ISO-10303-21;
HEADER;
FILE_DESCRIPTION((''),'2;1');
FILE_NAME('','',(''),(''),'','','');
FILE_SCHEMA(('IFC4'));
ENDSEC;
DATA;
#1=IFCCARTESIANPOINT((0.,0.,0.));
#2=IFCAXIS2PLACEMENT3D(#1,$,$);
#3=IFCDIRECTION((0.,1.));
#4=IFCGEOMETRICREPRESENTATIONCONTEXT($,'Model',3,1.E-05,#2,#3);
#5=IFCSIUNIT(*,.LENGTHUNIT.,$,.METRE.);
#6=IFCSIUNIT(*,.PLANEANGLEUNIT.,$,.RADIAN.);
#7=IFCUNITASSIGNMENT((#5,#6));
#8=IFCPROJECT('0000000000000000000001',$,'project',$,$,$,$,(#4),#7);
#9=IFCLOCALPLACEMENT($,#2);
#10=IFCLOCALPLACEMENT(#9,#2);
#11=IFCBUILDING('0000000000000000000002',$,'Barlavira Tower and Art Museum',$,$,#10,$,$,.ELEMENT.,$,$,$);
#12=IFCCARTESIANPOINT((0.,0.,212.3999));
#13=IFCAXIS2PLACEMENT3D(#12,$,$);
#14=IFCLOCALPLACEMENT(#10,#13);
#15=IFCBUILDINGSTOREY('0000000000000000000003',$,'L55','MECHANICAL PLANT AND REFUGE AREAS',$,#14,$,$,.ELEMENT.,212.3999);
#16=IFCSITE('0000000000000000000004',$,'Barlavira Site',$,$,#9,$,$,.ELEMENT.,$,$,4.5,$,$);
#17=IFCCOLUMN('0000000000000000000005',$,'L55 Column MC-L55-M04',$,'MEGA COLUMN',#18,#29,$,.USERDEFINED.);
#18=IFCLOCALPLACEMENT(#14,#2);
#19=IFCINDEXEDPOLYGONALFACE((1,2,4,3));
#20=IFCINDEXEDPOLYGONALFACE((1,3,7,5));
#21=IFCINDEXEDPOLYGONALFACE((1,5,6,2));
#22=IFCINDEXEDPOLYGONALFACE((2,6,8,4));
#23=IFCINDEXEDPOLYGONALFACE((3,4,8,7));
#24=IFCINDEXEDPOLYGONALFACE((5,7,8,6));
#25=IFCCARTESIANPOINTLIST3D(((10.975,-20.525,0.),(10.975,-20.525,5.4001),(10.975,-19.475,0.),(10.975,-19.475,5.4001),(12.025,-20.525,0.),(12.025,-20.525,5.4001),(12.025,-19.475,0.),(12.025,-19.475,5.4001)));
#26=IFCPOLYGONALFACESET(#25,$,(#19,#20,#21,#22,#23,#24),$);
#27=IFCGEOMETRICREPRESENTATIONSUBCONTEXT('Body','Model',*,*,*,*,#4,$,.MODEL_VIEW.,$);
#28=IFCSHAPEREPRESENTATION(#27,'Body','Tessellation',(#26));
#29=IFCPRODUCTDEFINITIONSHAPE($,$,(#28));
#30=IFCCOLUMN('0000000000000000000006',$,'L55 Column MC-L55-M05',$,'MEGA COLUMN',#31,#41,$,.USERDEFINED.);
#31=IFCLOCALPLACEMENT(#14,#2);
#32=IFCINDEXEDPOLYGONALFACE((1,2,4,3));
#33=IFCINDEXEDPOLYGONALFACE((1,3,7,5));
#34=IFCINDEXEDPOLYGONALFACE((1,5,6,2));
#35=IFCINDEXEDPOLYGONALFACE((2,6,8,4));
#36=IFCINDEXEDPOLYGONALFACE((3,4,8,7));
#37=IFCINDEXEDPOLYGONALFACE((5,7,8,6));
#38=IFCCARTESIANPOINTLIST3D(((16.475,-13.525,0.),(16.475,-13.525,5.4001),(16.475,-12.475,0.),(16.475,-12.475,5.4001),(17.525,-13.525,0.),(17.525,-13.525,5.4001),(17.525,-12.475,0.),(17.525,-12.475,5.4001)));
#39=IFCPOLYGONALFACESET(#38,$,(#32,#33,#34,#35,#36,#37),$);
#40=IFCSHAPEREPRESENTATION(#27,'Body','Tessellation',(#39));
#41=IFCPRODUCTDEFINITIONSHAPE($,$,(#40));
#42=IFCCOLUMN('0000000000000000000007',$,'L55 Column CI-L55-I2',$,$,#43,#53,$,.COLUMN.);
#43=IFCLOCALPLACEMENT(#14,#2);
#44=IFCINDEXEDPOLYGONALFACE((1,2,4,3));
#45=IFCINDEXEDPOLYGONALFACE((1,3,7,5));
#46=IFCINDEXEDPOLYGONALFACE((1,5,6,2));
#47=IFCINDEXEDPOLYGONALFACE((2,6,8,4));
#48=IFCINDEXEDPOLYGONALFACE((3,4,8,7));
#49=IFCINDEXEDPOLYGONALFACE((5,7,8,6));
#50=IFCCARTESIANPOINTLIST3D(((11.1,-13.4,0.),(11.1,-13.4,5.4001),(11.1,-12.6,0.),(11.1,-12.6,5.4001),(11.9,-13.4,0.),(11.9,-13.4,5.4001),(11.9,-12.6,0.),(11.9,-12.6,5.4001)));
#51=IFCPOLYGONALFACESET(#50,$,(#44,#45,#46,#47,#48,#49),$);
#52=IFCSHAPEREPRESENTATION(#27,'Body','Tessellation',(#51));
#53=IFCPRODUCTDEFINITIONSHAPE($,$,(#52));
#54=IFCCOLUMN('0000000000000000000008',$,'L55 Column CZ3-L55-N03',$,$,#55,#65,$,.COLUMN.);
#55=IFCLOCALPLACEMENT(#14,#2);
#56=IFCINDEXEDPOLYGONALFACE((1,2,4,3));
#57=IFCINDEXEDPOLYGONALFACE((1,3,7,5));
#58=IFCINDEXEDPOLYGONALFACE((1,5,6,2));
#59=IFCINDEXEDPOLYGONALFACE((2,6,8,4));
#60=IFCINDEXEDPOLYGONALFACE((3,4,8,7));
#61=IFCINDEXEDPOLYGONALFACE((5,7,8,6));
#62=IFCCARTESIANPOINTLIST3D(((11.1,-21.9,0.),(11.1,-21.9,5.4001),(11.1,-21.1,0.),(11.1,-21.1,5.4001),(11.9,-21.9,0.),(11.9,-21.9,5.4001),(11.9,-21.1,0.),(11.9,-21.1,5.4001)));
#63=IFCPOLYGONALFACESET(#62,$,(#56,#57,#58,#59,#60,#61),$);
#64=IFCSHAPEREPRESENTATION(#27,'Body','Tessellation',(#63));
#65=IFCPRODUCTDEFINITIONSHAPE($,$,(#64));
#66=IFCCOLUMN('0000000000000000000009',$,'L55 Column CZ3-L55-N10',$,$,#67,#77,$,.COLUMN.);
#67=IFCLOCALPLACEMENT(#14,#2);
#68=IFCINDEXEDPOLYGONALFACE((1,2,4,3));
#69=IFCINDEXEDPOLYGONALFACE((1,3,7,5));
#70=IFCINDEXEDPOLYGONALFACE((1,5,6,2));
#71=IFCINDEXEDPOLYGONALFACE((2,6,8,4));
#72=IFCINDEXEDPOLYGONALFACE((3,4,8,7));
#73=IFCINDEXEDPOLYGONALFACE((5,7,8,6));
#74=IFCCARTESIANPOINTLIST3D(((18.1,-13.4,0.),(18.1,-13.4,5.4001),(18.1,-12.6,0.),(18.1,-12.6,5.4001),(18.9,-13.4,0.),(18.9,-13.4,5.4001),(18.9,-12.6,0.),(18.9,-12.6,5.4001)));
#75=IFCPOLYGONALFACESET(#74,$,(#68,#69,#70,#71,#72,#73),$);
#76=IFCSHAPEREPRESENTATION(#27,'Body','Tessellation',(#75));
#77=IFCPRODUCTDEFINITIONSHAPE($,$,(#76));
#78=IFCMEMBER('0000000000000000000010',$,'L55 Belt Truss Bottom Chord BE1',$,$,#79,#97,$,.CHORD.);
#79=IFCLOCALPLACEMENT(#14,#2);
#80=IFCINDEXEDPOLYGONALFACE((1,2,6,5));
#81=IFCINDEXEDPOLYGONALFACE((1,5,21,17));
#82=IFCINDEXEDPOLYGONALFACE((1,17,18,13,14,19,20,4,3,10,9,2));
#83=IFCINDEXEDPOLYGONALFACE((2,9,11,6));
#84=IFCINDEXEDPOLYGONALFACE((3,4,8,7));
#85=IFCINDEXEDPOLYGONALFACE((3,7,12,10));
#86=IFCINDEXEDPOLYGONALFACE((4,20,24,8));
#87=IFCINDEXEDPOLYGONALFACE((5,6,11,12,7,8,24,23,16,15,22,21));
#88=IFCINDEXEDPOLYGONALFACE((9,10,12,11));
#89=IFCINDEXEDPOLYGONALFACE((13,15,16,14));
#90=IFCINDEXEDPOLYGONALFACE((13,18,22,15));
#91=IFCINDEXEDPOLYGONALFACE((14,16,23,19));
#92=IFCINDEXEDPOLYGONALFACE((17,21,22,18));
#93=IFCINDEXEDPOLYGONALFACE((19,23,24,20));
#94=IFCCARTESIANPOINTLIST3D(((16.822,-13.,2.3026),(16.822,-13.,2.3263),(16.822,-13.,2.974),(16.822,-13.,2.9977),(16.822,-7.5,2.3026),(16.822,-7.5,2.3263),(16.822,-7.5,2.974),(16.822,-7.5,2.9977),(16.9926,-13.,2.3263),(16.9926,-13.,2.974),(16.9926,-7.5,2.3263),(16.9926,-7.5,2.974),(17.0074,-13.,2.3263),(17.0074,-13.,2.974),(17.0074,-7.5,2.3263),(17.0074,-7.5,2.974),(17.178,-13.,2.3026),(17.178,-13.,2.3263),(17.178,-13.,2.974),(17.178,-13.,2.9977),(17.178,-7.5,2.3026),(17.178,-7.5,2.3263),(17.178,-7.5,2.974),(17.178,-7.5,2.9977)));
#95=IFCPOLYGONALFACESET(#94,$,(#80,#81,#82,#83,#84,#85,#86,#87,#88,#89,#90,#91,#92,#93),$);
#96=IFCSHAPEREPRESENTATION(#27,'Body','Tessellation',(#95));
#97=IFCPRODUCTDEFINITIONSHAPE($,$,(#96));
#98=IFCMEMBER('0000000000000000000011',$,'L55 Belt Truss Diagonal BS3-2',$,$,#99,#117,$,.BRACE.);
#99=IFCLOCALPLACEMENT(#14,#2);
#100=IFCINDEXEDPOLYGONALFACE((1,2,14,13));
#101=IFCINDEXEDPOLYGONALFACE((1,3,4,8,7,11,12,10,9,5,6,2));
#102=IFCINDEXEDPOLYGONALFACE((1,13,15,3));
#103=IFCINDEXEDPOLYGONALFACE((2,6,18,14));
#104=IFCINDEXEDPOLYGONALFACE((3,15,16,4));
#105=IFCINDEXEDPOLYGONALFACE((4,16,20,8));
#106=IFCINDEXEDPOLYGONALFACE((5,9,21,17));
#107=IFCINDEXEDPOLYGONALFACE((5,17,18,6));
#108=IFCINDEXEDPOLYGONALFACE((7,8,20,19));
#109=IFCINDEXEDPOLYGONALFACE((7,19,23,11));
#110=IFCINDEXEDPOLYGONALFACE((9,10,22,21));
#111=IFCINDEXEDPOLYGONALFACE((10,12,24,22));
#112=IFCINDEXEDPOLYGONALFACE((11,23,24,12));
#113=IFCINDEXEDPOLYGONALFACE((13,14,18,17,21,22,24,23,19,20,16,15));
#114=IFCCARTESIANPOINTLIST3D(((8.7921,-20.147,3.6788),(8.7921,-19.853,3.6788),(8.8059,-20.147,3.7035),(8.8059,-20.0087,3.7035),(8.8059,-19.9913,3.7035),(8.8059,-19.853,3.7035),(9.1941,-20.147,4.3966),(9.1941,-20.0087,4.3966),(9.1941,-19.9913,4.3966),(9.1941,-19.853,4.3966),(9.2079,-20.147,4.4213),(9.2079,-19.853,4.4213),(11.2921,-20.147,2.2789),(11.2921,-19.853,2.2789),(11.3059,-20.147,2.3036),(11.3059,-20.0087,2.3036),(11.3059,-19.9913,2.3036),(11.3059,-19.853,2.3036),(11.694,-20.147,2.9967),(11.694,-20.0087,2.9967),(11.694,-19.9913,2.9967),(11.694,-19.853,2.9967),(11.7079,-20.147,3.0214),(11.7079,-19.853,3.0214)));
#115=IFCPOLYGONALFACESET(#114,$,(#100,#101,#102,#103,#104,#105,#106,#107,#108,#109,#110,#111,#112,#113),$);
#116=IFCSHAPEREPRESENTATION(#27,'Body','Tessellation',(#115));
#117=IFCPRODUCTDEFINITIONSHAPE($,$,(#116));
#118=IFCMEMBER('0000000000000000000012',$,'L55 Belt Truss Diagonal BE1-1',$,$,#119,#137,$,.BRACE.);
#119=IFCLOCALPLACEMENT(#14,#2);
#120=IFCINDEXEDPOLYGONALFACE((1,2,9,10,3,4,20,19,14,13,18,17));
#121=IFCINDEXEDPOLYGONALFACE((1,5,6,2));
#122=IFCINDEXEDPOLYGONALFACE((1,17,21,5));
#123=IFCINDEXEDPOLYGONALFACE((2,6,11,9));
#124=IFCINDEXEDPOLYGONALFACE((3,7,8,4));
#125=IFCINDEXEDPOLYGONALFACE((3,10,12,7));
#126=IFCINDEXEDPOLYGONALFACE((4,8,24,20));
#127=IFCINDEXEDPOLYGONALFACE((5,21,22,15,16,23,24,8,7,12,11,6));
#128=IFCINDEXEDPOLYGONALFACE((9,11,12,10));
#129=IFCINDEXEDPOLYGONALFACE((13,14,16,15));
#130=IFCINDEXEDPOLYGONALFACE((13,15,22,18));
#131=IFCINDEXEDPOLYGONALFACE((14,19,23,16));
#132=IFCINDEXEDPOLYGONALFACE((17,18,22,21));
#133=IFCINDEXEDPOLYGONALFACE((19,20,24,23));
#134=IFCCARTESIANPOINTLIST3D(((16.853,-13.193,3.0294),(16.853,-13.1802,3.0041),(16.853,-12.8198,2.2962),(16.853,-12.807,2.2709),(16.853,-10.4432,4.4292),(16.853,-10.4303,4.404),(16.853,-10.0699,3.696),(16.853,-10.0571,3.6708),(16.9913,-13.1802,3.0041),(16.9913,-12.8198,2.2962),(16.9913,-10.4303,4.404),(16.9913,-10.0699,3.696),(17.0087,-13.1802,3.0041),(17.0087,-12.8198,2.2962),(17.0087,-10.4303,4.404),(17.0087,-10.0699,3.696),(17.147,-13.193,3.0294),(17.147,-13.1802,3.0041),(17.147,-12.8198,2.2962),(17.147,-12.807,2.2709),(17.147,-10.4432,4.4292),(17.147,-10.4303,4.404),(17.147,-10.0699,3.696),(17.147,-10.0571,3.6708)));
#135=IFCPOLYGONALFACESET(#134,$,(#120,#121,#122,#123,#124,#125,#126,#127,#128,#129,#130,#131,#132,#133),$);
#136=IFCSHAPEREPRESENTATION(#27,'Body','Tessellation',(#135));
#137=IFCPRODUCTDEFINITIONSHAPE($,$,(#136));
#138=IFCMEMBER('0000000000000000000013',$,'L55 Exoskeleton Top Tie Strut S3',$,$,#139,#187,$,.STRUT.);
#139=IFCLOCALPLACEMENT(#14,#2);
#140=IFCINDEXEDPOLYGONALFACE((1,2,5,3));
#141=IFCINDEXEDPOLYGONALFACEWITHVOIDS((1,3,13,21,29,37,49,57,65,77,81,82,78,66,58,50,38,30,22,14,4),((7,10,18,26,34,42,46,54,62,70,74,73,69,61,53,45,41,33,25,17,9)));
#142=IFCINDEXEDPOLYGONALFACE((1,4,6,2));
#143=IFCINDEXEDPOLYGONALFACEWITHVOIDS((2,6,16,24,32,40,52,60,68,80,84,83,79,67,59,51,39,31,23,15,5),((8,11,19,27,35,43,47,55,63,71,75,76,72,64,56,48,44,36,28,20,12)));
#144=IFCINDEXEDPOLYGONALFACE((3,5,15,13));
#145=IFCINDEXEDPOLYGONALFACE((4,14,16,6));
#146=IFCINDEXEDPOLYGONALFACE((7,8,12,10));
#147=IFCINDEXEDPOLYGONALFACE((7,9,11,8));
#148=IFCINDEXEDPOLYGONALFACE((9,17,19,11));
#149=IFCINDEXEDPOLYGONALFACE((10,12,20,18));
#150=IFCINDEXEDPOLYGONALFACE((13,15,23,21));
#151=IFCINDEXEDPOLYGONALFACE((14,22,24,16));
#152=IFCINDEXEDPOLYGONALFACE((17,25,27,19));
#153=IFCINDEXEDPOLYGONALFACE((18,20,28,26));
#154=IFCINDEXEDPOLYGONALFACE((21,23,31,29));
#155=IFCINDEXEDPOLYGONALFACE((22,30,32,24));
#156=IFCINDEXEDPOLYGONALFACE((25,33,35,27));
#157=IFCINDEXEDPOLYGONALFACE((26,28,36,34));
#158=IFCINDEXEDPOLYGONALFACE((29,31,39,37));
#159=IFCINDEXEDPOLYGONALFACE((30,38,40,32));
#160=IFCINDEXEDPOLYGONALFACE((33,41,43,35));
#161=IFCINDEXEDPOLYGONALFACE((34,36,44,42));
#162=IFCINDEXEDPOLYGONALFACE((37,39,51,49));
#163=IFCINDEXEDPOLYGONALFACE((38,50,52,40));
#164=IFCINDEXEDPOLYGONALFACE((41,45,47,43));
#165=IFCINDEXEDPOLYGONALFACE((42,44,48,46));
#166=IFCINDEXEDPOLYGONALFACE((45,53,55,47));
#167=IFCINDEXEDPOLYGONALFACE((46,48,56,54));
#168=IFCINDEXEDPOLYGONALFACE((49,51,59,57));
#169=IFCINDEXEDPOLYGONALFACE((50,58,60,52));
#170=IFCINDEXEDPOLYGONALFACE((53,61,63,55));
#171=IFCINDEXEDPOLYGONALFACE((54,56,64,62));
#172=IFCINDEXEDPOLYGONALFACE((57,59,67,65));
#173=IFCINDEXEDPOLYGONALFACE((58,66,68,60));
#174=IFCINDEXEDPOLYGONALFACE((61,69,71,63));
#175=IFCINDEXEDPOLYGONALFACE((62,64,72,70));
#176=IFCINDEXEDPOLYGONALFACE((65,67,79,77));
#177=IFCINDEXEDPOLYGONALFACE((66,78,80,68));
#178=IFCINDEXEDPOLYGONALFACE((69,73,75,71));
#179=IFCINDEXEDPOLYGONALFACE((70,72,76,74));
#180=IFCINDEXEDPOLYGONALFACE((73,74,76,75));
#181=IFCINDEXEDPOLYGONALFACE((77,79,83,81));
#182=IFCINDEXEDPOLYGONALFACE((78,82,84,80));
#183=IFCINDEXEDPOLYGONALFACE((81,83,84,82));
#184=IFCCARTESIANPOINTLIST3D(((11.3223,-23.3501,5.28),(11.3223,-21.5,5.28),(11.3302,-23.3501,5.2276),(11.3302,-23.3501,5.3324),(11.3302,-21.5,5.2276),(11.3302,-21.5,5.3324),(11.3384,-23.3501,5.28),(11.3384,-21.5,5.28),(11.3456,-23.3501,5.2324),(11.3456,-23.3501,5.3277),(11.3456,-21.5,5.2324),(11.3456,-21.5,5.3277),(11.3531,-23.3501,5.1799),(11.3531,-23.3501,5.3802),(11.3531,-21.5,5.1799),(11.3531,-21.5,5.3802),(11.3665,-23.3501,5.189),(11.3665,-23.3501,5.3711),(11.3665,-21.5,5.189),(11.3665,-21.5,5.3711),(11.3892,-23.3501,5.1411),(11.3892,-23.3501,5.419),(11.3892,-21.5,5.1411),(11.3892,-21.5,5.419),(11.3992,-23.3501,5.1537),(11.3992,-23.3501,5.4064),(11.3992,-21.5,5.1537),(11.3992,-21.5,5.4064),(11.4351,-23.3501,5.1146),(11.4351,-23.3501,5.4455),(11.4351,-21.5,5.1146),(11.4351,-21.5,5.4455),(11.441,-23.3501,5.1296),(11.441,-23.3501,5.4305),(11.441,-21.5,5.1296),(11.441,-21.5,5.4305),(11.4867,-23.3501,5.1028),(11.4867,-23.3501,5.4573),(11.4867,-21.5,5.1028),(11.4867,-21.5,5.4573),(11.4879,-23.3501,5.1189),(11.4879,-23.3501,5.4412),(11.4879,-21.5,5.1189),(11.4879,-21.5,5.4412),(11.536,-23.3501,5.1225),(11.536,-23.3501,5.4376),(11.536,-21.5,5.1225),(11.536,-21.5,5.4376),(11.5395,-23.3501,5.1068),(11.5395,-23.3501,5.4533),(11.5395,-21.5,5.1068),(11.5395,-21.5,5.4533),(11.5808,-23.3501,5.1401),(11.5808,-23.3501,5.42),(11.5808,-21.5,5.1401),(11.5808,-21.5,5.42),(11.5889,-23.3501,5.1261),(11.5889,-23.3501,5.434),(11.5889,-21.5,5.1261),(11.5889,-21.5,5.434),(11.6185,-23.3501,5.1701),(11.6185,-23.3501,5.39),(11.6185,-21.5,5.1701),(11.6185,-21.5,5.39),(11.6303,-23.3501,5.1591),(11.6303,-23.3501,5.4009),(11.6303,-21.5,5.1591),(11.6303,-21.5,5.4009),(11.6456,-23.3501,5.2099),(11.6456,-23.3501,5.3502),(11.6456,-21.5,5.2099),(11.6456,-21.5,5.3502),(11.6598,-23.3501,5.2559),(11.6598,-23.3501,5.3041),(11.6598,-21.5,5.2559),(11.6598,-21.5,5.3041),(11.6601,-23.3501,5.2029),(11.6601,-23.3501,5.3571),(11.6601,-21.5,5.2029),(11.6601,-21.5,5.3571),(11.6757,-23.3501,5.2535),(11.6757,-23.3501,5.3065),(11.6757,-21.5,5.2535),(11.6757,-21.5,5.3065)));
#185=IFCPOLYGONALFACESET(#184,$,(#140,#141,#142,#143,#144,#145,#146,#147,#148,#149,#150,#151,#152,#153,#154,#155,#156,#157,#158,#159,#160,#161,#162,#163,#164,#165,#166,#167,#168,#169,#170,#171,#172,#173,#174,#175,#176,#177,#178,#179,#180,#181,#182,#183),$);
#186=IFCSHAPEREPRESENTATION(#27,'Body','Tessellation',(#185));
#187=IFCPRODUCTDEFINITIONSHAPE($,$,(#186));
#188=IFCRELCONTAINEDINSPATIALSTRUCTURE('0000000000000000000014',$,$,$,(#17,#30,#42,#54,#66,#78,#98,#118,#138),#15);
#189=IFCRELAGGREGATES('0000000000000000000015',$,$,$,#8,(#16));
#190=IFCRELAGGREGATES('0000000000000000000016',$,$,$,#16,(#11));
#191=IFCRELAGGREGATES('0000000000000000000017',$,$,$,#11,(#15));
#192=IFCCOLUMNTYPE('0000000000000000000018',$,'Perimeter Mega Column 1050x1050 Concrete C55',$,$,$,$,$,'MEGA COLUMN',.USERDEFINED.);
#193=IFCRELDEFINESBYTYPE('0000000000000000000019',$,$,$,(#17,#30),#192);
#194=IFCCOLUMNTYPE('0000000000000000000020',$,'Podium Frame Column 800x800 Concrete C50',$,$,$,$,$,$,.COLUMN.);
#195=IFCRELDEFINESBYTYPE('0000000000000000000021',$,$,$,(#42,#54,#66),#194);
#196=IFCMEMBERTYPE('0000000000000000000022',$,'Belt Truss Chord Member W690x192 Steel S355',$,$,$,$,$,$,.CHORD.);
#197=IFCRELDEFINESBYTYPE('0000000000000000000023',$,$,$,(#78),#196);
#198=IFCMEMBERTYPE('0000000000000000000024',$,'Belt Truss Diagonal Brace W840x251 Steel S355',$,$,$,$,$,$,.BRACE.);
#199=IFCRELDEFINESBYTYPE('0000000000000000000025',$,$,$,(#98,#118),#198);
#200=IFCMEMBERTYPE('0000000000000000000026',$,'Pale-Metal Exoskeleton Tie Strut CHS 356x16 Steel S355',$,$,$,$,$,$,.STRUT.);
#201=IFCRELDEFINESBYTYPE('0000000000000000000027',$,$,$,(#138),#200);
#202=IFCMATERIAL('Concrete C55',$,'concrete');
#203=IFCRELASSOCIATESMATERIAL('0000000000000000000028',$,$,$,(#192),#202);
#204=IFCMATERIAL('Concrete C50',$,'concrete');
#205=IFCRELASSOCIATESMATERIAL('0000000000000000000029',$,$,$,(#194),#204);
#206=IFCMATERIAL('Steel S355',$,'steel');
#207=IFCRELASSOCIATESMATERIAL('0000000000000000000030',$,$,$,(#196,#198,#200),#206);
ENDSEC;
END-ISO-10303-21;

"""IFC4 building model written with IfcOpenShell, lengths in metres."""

from ifc_helpers import new_model, si_unit, direction, frame, origin, origin_2d, place, context, subcontext, project, spatial, rectangle, hollow_circle, i_section, extrude, material, material_profile, profile_set, type_object, element, save


model = new_model("IFC4")

# Units and contexts
model_context = context("Model", 3, precision=1e-05, world=origin(), true_north=direction((0.0, 1.0)))
body_context = subcontext(model_context, "Body", "Model", "MODEL_VIEW")
ifc_project = project(units=[si_unit("LENGTHUNIT", "METRE"), si_unit("PLANEANGLEUNIT", "RADIAN")], contexts=[model_context])

# Site, building, storey
site_placement = place(None, origin())
site = spatial("IfcSite", under=ifc_project, at=site_placement, Name="Barlavira Site", CompositionType="ELEMENT", RefElevation=4.5)
building_placement = place(site_placement, origin())
building = spatial("IfcBuilding", under=site, at=building_placement, Name="Barlavira Tower and Art Museum", CompositionType="ELEMENT")
storey_placement = place(building_placement, frame((0.0, 0.0, 212.3999)))
storey = spatial("IfcBuildingStorey", under=building, at=storey_placement, Name="L55", Description="MECHANICAL PLANT AND REFUGE AREAS", CompositionType="ELEMENT", Elevation=212.3999)

# Columns
ifc_material_1 = material(Name="Concrete C55", Category="concrete")
ifc_material_profile_1 = material_profile(ifc_material_1, rectangle(XDim=1.05, YDim=1.05, at=origin_2d()), Name="RC-COL 1050x1050")
ifc_profile_set_1 = profile_set([ifc_material_profile_1], Name="Concrete C55")
column_type_1 = type_object("IfcColumnType", Name="Perimeter Mega Column 1050x1050 Concrete C55", ElementType="MEGA COLUMN", PredefinedType="USERDEFINED", material=ifc_profile_set_1)
for number, where, z_axis, x_axis, name in (
    (1, (11.5, -20.0, 0.0), (0.0, 0.0, 1.0), (1.0, 0.0, 0.0), "L55 Column MC-L55-M04"),
    (2, (17.0, -13.0, 0.0), (0.0, 0.0, 1.0), (1.0, 0.0, 0.0), "L55 Column MC-L55-M05"),
):
    element("IfcColumn", number, at=place(storey_placement, frame(where, z_axis=z_axis, x_axis=x_axis)), inside=storey, type_object=column_type_1, Name=name, ObjectType="MEGA COLUMN", PredefinedType="USERDEFINED", context=body_context, shape_type="SweptSolid", body=[
        extrude(rectangle(XDim=1.05, YDim=1.05, at=origin_2d()), origin(), (0.0, 0.0, 1.0), 5.4001),
    ])
ifc_material_2 = material(Name="Concrete C50", Category="concrete")
ifc_material_profile_2 = material_profile(ifc_material_2, rectangle(XDim=0.8, YDim=0.8, at=origin_2d()), Name="RC-COL 800x800")
ifc_profile_set_2 = profile_set([ifc_material_profile_2], Name="Concrete C50")
column_type_2 = type_object("IfcColumnType", Name="Podium Frame Column 800x800 Concrete C50", PredefinedType="COLUMN", material=ifc_profile_set_2)
for number, where, z_axis, x_axis, name in (
    (3, (11.5, -13.0, 0.0), (0.0, 0.0, 1.0), (1.0, 0.0, 0.0), "L55 Column CI-L55-I2"),
    (4, (11.5, -21.5, 0.0), (0.0, 0.0, 1.0), (1.0, 0.0, 0.0), "L55 Column CZ3-L55-N03"),
    (5, (18.5, -13.0, 0.0), (0.0, 0.0, 1.0), (1.0, 0.0, 0.0), "L55 Column CZ3-L55-N10"),
):
    element("IfcColumn", number, at=place(storey_placement, frame(where, z_axis=z_axis, x_axis=x_axis)), inside=storey, type_object=column_type_2, Name=name, PredefinedType="COLUMN", context=body_context, shape_type="SweptSolid", body=[
        extrude(rectangle(XDim=0.8, YDim=0.8, at=origin_2d()), origin(), (0.0, 0.0, 1.0), 5.4001),
    ])

# Members
ifc_material_3 = material(Name="Steel S355", Category="steel")
ifc_material_profile_3 = material_profile(ifc_material_3, i_section(OverallWidth=0.356, OverallDepth=0.6951, WebThickness=0.0149, FlangeThickness=0.0237, at=origin_2d()), Name="W690x192.0")
ifc_profile_set_3 = profile_set([ifc_material_profile_3], Name="Steel S355")
member_type_1 = type_object("IfcMemberType", Name="Belt Truss Chord Member W690x192 Steel S355", PredefinedType="CHORD", material=ifc_profile_set_3)
member_1_placement = place(storey_placement, frame((17.0, -13.0, 2.6501), z_axis=(0.0, 1.0, 0.0), x_axis=(-1.0, 0.0, 0.0)))
element("IfcMember", 6, at=member_1_placement, inside=storey, type_object=member_type_1, Name="L55 Belt Truss Bottom Chord BE1", PredefinedType="CHORD", context=body_context, shape_type="SweptSolid", body=[
    extrude(i_section(OverallWidth=0.356, OverallDepth=0.6951, WebThickness=0.0149, FlangeThickness=0.0237, at=origin_2d()), origin(), (0.0, 0.0, 1.0), 5.5),
])
ifc_material_profile_4 = material_profile(ifc_material_3, i_section(OverallWidth=0.2939, OverallDepth=0.8511, WebThickness=0.0173, FlangeThickness=0.0283, at=origin_2d()), Name="W840x251.0")
ifc_profile_set_4 = profile_set([ifc_material_profile_4], Name="Steel S355")
member_type_2 = type_object("IfcMemberType", Name="Belt Truss Diagonal Brace W840x251 Steel S355", PredefinedType="BRACE", material=ifc_profile_set_4)
member_2_placement = place(storey_placement, frame((9.0, -20.0, 4.05), z_axis=(0.872521, 0.0, -0.488577), x_axis=(0.0, 1.0, 0.0)))
element("IfcMember", 7, at=member_2_placement, inside=storey, type_object=member_type_2, Name="L55 Belt Truss Diagonal BS3-2", PredefinedType="BRACE", context=body_context, shape_type="SweptSolid", body=[
    extrude(i_section(OverallWidth=0.2939, OverallDepth=0.8511, WebThickness=0.0173, FlangeThickness=0.0283, at=origin_2d()), origin(), (0.0, 0.0, 1.0), 2.8652),
])
member_3_placement = place(storey_placement, frame((17.0, -13.0, 2.6501), z_axis=(0.0, 0.891176, 0.453658), x_axis=(-1.0, 0.0, 0.0)))
element("IfcMember", 8, at=member_3_placement, inside=storey, type_object=member_type_2, Name="L55 Belt Truss Diagonal BE1-1", PredefinedType="BRACE", context=body_context, shape_type="SweptSolid", body=[
    extrude(i_section(OverallWidth=0.2939, OverallDepth=0.8511, WebThickness=0.0173, FlangeThickness=0.0283, at=origin_2d()), origin(), (0.0, 0.0, 1.0), 3.0857),
])
ifc_material_profile_5 = material_profile(ifc_material_3, hollow_circle(Radius=0.1777, WallThickness=0.0161, at=origin_2d()), Name="CHS 355.6x16.0")
ifc_profile_set_5 = profile_set([ifc_material_profile_5], Name="Steel S355")
member_type_3 = type_object("IfcMemberType", Name="Pale-Metal Exoskeleton Tie Strut CHS 356x16 Steel S355", PredefinedType="STRUT", material=ifc_profile_set_5)
for number, where, z_axis, x_axis, name in (
    (9, (11.5, -23.3501, 5.28), (0.0, 1.0, 0.0), (-1.0, 0.0, 0.0), "L55 Exoskeleton Top Tie Strut S3"),
):
    element("IfcMember", number, at=place(storey_placement, frame(where, z_axis=z_axis, x_axis=x_axis)), inside=storey, type_object=member_type_3, Name=name, PredefinedType="STRUT", context=body_context, shape_type="SweptSolid", body=[
        extrude(hollow_circle(Radius=0.1777, WallThickness=0.0161, at=origin_2d()), origin(), (0.0, 0.0, 1.0), 1.8501),
    ])

save(model, "model.ifc")
